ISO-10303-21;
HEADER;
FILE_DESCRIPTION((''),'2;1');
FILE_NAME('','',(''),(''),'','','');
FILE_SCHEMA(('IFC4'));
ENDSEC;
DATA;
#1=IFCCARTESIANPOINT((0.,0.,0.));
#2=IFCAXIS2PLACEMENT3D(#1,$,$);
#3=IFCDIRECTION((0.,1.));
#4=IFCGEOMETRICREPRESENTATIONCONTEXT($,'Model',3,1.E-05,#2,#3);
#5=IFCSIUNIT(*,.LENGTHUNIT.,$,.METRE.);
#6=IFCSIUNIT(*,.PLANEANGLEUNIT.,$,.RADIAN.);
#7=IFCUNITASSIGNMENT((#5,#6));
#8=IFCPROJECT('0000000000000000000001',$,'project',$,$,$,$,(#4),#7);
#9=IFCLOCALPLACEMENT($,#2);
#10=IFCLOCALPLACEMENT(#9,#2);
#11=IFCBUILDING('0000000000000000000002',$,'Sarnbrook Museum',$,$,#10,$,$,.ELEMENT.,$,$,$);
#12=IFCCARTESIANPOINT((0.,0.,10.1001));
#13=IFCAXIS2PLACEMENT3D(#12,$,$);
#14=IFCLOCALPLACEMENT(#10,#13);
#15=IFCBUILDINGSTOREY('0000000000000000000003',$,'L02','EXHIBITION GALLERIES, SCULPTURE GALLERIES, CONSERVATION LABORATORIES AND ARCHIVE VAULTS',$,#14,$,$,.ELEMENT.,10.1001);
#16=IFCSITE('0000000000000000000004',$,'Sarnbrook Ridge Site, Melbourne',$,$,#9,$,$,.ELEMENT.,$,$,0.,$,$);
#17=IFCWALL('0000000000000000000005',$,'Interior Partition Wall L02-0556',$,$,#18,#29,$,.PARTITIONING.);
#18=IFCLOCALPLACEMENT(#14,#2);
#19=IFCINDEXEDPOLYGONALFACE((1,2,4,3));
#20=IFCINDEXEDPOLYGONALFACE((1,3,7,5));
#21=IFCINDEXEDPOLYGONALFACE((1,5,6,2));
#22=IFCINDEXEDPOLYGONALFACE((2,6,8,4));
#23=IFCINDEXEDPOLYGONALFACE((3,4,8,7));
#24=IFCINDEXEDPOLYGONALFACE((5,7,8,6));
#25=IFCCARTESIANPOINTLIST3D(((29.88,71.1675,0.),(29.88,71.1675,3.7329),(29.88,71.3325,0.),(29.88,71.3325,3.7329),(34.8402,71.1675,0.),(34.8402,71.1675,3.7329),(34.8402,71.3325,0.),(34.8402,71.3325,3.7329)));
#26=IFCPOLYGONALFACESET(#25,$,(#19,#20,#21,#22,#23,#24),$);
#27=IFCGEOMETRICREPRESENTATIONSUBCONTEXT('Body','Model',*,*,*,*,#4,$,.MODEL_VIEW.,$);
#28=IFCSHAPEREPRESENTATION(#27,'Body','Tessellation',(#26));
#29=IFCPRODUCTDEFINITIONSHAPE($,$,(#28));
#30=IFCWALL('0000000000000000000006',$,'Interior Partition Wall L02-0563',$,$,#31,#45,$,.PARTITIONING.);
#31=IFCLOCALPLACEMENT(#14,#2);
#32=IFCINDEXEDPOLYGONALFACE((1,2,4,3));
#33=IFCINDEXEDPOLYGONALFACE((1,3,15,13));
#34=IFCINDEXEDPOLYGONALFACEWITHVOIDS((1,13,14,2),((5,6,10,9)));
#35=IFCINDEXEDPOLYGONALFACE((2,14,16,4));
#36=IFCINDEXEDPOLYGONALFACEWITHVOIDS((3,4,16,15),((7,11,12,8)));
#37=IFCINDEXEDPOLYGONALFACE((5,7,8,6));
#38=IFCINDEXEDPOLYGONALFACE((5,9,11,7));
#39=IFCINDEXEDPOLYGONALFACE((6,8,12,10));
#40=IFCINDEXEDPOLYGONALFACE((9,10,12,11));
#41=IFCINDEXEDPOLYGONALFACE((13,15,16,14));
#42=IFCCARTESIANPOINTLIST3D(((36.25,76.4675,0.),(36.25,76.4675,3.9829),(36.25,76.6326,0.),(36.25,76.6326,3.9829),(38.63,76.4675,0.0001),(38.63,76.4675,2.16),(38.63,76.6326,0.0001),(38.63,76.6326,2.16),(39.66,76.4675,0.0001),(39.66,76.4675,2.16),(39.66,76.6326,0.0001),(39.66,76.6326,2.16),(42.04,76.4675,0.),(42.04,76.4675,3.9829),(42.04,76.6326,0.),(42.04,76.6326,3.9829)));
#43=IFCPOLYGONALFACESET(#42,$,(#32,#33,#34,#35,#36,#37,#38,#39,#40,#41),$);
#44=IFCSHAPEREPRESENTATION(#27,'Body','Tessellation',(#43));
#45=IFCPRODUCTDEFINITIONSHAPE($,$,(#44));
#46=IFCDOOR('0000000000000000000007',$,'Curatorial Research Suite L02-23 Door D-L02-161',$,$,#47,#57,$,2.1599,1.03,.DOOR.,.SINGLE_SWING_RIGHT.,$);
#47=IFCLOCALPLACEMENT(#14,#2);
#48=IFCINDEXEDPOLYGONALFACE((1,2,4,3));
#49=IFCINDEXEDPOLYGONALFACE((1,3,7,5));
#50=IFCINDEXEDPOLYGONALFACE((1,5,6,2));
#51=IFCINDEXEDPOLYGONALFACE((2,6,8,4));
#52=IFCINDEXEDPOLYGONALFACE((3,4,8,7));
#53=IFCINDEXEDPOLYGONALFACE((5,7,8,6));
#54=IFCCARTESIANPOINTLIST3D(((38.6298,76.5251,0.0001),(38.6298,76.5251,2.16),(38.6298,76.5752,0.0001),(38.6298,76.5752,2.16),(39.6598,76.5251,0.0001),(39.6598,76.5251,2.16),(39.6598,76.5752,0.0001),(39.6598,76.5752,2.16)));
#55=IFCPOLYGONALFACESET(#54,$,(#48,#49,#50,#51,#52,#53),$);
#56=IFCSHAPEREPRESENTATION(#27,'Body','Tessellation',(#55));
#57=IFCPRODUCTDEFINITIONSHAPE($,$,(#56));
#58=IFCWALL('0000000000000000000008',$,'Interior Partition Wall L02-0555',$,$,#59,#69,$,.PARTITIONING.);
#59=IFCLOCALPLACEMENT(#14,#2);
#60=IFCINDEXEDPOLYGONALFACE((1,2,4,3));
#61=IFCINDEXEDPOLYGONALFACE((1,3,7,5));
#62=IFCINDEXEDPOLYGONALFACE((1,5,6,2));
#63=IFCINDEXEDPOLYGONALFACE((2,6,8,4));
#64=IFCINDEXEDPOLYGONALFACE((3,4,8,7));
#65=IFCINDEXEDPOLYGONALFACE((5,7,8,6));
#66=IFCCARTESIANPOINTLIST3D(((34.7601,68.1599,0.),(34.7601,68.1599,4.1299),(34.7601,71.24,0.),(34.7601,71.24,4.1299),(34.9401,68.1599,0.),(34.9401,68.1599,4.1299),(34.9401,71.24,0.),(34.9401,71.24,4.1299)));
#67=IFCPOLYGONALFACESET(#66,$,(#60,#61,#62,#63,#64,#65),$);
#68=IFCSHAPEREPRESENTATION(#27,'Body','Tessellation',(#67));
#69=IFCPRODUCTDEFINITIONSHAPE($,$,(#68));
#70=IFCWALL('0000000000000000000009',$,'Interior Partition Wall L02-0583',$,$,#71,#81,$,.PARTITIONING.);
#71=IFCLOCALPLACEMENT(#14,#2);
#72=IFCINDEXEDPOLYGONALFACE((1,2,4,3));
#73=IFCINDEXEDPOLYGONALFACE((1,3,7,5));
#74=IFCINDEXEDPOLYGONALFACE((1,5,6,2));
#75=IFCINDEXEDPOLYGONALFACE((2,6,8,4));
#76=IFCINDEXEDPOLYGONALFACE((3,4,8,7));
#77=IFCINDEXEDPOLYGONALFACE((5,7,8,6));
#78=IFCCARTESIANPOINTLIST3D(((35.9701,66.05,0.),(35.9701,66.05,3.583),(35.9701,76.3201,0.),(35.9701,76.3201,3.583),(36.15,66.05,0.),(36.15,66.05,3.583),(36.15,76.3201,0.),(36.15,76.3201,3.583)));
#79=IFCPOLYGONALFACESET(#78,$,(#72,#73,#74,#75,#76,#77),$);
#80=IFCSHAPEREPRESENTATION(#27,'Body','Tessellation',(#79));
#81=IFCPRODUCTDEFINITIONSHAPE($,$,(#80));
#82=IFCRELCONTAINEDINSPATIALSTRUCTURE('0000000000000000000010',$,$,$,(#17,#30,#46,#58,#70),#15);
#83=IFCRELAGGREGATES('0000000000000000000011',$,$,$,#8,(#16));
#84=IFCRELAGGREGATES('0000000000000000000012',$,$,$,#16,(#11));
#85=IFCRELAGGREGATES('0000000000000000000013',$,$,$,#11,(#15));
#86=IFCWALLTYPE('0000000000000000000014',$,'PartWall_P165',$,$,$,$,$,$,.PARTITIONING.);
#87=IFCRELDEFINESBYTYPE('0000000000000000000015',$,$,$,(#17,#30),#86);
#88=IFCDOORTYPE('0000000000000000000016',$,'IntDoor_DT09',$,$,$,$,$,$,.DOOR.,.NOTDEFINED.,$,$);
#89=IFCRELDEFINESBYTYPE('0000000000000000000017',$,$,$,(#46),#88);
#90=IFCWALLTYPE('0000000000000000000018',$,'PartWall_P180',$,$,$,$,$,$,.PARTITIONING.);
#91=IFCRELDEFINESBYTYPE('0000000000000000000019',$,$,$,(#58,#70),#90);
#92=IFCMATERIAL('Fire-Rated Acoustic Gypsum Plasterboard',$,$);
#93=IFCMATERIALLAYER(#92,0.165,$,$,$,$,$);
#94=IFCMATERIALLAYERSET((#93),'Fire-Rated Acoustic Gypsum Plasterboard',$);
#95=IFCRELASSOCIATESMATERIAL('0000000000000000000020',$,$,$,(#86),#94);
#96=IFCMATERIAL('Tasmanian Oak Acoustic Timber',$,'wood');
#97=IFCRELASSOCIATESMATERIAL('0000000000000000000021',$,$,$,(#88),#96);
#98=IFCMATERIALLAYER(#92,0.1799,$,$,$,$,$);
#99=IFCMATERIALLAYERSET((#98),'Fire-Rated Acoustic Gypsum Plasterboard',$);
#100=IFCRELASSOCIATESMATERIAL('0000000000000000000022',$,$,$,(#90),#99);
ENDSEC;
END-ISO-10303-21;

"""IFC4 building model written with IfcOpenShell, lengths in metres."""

from ifc_helpers import new_model, si_unit, direction, frame, frame_2d, origin, place, context, subcontext, project, spatial, rectangle, extrude, material, layer, layer_set, type_object, element, fill, save


model = new_model("IFC4")

# Units and contexts
model_context = context("Model", 3, precision=1e-05, world=origin(), true_north=direction((0.0, 1.0)))
body_context = subcontext(model_context, "Body", "Model", "MODEL_VIEW")
ifc_project = project(units=[si_unit("LENGTHUNIT", "METRE"), si_unit("PLANEANGLEUNIT", "RADIAN")], contexts=[model_context])

# Site, building, storey
site_placement = place(None, origin())
site = spatial("IfcSite", under=ifc_project, at=site_placement, Name="Sarnbrook Ridge Site, Melbourne", CompositionType="ELEMENT", RefElevation=0.0)
building_placement = place(site_placement, origin())
building = spatial("IfcBuilding", under=site, at=building_placement, Name="Sarnbrook Museum", CompositionType="ELEMENT")
storey_placement = place(building_placement, frame((0.0, 0.0, 10.1001)))
storey = spatial("IfcBuildingStorey", under=building, at=storey_placement, Name="L02", Description="EXHIBITION GALLERIES, SCULPTURE GALLERIES, CONSERVATION LABORATORIES AND ARCHIVE VAULTS", CompositionType="ELEMENT", Elevation=10.1001)

# Wall
ifc_material_1 = material(Name="Fire-Rated Acoustic Gypsum Plasterboard")
ifc_layer_1 = layer(ifc_material_1, 0.165)
ifc_layer_set_1 = layer_set([ifc_layer_1], Name="Fire-Rated Acoustic Gypsum Plasterboard")
wall_type_1 = type_object("IfcWallType", Name="PartWall_P165", PredefinedType="PARTITIONING", material=ifc_layer_set_1)
wall_1_placement = place(storey_placement, frame((34.8401, 71.25, 0.0), z_axis=(0.0, 0.0, 1.0), x_axis=(-1.0, 0.0, 0.0)))
element("IfcWall", 1, at=wall_1_placement, inside=storey, type_object=wall_type_1, Name="Interior Partition Wall L02-0556", PredefinedType="PARTITIONING", context=body_context, shape_type="SweptSolid", body=[
    extrude(rectangle(XDim=4.9602, YDim=0.165, at=frame_2d((2.48, 0.0))), origin(), (0.0, 0.0, 1.0), 3.7329),
])

# Wall, opening, door
wall_2_placement = place(storey_placement, frame((36.25, 76.55, 0.0), z_axis=(0.0, 0.0, 1.0), x_axis=(1.0, 0.0, 0.0)))
wall_2 = element("IfcWall", 2, at=wall_2_placement, inside=storey, type_object=wall_type_1, Name="Interior Partition Wall L02-0563", PredefinedType="PARTITIONING", context=body_context, shape_type="SweptSolid", body=[
    extrude(rectangle(XDim=5.79, YDim=0.165, at=frame_2d((2.895, 0.0))), origin(), (0.0, 0.0, 1.0), 3.9829),
])
opening_placement = place(wall_2_placement, frame((2.3799, 0.0, 0.0)))
opening = element("IfcOpeningElement", 3, at=opening_placement, cuts=wall_2, PredefinedType="OPENING", context=body_context, shape_type="SweptSolid", body=[
    extrude(rectangle(XDim=1.03, YDim=2.1599, at=frame_2d((0.5151, 1.0801))), frame((0.0, 0.0925, 0.0), z_axis=(0.0, -1.0, 0.0), x_axis=(1.0, 0.0, 0.0)), (0.0, 0.0, 1.0), 0.1851),
])
ifc_material_2 = material(Name="Tasmanian Oak Acoustic Timber", Category="wood")
door_type = type_object("IfcDoorType", Name="IntDoor_DT09", OperationType="NOTDEFINED", PredefinedType="DOOR", material=ifc_material_2)
door_placement = place(opening_placement, frame((1.03, 0.0, 0.0), z_axis=(0.0, 0.0, 1.0), x_axis=(-1.0, 0.0, 0.0)))
door = element("IfcDoor", 4, at=door_placement, inside=storey, type_object=door_type, Name="Curatorial Research Suite L02-23 Door D-L02-161", OperationType="SINGLE_SWING_RIGHT", OverallHeight=2.1599, OverallWidth=1.03, PredefinedType="DOOR", context=body_context, shape_type="SweptSolid", body=[
    extrude(rectangle(XDim=1.03, YDim=2.1599, at=frame_2d((0.5151, 1.0801))), frame((0.0, 0.0249, 0.0), z_axis=(0.0, -1.0, 0.0), x_axis=(1.0, 0.0, 0.0)), (0.0, 0.0, 1.0), 0.05),
])
fill(opening, door)

# Walls
ifc_layer_2 = layer(ifc_material_1, 0.1799)
ifc_layer_set_2 = layer_set([ifc_layer_2], Name="Fire-Rated Acoustic Gypsum Plasterboard")
wall_type_2 = type_object("IfcWallType", Name="PartWall_P180", PredefinedType="PARTITIONING", material=ifc_layer_set_2)
wall_3_placement = place(storey_placement, frame((34.8501, 68.1599, 0.0), z_axis=(0.0, 0.0, 1.0), x_axis=(0.0, 1.0, 0.0)))
element("IfcWall", 5, at=wall_3_placement, inside=storey, type_object=wall_type_2, Name="Interior Partition Wall L02-0555", PredefinedType="PARTITIONING", context=body_context, shape_type="SweptSolid", body=[
    extrude(rectangle(XDim=3.0801, YDim=0.1799, at=frame_2d((1.54, 0.0))), origin(), (0.0, 0.0, 1.0), 4.1299),
])
wall_4_placement = place(storey_placement, frame((36.0601, 76.3201, 0.0), z_axis=(0.0, 0.0, 1.0), x_axis=(0.0, -1.0, 0.0)))
element("IfcWall", 6, at=wall_4_placement, inside=storey, type_object=wall_type_2, Name="Interior Partition Wall L02-0583", PredefinedType="PARTITIONING", context=body_context, shape_type="SweptSolid", body=[
    extrude(rectangle(XDim=10.27, YDim=0.1799, at=frame_2d((5.135, 0.0))), origin(), (0.0, 0.0, 1.0), 3.583),
])

save(model, "model.ifc")
